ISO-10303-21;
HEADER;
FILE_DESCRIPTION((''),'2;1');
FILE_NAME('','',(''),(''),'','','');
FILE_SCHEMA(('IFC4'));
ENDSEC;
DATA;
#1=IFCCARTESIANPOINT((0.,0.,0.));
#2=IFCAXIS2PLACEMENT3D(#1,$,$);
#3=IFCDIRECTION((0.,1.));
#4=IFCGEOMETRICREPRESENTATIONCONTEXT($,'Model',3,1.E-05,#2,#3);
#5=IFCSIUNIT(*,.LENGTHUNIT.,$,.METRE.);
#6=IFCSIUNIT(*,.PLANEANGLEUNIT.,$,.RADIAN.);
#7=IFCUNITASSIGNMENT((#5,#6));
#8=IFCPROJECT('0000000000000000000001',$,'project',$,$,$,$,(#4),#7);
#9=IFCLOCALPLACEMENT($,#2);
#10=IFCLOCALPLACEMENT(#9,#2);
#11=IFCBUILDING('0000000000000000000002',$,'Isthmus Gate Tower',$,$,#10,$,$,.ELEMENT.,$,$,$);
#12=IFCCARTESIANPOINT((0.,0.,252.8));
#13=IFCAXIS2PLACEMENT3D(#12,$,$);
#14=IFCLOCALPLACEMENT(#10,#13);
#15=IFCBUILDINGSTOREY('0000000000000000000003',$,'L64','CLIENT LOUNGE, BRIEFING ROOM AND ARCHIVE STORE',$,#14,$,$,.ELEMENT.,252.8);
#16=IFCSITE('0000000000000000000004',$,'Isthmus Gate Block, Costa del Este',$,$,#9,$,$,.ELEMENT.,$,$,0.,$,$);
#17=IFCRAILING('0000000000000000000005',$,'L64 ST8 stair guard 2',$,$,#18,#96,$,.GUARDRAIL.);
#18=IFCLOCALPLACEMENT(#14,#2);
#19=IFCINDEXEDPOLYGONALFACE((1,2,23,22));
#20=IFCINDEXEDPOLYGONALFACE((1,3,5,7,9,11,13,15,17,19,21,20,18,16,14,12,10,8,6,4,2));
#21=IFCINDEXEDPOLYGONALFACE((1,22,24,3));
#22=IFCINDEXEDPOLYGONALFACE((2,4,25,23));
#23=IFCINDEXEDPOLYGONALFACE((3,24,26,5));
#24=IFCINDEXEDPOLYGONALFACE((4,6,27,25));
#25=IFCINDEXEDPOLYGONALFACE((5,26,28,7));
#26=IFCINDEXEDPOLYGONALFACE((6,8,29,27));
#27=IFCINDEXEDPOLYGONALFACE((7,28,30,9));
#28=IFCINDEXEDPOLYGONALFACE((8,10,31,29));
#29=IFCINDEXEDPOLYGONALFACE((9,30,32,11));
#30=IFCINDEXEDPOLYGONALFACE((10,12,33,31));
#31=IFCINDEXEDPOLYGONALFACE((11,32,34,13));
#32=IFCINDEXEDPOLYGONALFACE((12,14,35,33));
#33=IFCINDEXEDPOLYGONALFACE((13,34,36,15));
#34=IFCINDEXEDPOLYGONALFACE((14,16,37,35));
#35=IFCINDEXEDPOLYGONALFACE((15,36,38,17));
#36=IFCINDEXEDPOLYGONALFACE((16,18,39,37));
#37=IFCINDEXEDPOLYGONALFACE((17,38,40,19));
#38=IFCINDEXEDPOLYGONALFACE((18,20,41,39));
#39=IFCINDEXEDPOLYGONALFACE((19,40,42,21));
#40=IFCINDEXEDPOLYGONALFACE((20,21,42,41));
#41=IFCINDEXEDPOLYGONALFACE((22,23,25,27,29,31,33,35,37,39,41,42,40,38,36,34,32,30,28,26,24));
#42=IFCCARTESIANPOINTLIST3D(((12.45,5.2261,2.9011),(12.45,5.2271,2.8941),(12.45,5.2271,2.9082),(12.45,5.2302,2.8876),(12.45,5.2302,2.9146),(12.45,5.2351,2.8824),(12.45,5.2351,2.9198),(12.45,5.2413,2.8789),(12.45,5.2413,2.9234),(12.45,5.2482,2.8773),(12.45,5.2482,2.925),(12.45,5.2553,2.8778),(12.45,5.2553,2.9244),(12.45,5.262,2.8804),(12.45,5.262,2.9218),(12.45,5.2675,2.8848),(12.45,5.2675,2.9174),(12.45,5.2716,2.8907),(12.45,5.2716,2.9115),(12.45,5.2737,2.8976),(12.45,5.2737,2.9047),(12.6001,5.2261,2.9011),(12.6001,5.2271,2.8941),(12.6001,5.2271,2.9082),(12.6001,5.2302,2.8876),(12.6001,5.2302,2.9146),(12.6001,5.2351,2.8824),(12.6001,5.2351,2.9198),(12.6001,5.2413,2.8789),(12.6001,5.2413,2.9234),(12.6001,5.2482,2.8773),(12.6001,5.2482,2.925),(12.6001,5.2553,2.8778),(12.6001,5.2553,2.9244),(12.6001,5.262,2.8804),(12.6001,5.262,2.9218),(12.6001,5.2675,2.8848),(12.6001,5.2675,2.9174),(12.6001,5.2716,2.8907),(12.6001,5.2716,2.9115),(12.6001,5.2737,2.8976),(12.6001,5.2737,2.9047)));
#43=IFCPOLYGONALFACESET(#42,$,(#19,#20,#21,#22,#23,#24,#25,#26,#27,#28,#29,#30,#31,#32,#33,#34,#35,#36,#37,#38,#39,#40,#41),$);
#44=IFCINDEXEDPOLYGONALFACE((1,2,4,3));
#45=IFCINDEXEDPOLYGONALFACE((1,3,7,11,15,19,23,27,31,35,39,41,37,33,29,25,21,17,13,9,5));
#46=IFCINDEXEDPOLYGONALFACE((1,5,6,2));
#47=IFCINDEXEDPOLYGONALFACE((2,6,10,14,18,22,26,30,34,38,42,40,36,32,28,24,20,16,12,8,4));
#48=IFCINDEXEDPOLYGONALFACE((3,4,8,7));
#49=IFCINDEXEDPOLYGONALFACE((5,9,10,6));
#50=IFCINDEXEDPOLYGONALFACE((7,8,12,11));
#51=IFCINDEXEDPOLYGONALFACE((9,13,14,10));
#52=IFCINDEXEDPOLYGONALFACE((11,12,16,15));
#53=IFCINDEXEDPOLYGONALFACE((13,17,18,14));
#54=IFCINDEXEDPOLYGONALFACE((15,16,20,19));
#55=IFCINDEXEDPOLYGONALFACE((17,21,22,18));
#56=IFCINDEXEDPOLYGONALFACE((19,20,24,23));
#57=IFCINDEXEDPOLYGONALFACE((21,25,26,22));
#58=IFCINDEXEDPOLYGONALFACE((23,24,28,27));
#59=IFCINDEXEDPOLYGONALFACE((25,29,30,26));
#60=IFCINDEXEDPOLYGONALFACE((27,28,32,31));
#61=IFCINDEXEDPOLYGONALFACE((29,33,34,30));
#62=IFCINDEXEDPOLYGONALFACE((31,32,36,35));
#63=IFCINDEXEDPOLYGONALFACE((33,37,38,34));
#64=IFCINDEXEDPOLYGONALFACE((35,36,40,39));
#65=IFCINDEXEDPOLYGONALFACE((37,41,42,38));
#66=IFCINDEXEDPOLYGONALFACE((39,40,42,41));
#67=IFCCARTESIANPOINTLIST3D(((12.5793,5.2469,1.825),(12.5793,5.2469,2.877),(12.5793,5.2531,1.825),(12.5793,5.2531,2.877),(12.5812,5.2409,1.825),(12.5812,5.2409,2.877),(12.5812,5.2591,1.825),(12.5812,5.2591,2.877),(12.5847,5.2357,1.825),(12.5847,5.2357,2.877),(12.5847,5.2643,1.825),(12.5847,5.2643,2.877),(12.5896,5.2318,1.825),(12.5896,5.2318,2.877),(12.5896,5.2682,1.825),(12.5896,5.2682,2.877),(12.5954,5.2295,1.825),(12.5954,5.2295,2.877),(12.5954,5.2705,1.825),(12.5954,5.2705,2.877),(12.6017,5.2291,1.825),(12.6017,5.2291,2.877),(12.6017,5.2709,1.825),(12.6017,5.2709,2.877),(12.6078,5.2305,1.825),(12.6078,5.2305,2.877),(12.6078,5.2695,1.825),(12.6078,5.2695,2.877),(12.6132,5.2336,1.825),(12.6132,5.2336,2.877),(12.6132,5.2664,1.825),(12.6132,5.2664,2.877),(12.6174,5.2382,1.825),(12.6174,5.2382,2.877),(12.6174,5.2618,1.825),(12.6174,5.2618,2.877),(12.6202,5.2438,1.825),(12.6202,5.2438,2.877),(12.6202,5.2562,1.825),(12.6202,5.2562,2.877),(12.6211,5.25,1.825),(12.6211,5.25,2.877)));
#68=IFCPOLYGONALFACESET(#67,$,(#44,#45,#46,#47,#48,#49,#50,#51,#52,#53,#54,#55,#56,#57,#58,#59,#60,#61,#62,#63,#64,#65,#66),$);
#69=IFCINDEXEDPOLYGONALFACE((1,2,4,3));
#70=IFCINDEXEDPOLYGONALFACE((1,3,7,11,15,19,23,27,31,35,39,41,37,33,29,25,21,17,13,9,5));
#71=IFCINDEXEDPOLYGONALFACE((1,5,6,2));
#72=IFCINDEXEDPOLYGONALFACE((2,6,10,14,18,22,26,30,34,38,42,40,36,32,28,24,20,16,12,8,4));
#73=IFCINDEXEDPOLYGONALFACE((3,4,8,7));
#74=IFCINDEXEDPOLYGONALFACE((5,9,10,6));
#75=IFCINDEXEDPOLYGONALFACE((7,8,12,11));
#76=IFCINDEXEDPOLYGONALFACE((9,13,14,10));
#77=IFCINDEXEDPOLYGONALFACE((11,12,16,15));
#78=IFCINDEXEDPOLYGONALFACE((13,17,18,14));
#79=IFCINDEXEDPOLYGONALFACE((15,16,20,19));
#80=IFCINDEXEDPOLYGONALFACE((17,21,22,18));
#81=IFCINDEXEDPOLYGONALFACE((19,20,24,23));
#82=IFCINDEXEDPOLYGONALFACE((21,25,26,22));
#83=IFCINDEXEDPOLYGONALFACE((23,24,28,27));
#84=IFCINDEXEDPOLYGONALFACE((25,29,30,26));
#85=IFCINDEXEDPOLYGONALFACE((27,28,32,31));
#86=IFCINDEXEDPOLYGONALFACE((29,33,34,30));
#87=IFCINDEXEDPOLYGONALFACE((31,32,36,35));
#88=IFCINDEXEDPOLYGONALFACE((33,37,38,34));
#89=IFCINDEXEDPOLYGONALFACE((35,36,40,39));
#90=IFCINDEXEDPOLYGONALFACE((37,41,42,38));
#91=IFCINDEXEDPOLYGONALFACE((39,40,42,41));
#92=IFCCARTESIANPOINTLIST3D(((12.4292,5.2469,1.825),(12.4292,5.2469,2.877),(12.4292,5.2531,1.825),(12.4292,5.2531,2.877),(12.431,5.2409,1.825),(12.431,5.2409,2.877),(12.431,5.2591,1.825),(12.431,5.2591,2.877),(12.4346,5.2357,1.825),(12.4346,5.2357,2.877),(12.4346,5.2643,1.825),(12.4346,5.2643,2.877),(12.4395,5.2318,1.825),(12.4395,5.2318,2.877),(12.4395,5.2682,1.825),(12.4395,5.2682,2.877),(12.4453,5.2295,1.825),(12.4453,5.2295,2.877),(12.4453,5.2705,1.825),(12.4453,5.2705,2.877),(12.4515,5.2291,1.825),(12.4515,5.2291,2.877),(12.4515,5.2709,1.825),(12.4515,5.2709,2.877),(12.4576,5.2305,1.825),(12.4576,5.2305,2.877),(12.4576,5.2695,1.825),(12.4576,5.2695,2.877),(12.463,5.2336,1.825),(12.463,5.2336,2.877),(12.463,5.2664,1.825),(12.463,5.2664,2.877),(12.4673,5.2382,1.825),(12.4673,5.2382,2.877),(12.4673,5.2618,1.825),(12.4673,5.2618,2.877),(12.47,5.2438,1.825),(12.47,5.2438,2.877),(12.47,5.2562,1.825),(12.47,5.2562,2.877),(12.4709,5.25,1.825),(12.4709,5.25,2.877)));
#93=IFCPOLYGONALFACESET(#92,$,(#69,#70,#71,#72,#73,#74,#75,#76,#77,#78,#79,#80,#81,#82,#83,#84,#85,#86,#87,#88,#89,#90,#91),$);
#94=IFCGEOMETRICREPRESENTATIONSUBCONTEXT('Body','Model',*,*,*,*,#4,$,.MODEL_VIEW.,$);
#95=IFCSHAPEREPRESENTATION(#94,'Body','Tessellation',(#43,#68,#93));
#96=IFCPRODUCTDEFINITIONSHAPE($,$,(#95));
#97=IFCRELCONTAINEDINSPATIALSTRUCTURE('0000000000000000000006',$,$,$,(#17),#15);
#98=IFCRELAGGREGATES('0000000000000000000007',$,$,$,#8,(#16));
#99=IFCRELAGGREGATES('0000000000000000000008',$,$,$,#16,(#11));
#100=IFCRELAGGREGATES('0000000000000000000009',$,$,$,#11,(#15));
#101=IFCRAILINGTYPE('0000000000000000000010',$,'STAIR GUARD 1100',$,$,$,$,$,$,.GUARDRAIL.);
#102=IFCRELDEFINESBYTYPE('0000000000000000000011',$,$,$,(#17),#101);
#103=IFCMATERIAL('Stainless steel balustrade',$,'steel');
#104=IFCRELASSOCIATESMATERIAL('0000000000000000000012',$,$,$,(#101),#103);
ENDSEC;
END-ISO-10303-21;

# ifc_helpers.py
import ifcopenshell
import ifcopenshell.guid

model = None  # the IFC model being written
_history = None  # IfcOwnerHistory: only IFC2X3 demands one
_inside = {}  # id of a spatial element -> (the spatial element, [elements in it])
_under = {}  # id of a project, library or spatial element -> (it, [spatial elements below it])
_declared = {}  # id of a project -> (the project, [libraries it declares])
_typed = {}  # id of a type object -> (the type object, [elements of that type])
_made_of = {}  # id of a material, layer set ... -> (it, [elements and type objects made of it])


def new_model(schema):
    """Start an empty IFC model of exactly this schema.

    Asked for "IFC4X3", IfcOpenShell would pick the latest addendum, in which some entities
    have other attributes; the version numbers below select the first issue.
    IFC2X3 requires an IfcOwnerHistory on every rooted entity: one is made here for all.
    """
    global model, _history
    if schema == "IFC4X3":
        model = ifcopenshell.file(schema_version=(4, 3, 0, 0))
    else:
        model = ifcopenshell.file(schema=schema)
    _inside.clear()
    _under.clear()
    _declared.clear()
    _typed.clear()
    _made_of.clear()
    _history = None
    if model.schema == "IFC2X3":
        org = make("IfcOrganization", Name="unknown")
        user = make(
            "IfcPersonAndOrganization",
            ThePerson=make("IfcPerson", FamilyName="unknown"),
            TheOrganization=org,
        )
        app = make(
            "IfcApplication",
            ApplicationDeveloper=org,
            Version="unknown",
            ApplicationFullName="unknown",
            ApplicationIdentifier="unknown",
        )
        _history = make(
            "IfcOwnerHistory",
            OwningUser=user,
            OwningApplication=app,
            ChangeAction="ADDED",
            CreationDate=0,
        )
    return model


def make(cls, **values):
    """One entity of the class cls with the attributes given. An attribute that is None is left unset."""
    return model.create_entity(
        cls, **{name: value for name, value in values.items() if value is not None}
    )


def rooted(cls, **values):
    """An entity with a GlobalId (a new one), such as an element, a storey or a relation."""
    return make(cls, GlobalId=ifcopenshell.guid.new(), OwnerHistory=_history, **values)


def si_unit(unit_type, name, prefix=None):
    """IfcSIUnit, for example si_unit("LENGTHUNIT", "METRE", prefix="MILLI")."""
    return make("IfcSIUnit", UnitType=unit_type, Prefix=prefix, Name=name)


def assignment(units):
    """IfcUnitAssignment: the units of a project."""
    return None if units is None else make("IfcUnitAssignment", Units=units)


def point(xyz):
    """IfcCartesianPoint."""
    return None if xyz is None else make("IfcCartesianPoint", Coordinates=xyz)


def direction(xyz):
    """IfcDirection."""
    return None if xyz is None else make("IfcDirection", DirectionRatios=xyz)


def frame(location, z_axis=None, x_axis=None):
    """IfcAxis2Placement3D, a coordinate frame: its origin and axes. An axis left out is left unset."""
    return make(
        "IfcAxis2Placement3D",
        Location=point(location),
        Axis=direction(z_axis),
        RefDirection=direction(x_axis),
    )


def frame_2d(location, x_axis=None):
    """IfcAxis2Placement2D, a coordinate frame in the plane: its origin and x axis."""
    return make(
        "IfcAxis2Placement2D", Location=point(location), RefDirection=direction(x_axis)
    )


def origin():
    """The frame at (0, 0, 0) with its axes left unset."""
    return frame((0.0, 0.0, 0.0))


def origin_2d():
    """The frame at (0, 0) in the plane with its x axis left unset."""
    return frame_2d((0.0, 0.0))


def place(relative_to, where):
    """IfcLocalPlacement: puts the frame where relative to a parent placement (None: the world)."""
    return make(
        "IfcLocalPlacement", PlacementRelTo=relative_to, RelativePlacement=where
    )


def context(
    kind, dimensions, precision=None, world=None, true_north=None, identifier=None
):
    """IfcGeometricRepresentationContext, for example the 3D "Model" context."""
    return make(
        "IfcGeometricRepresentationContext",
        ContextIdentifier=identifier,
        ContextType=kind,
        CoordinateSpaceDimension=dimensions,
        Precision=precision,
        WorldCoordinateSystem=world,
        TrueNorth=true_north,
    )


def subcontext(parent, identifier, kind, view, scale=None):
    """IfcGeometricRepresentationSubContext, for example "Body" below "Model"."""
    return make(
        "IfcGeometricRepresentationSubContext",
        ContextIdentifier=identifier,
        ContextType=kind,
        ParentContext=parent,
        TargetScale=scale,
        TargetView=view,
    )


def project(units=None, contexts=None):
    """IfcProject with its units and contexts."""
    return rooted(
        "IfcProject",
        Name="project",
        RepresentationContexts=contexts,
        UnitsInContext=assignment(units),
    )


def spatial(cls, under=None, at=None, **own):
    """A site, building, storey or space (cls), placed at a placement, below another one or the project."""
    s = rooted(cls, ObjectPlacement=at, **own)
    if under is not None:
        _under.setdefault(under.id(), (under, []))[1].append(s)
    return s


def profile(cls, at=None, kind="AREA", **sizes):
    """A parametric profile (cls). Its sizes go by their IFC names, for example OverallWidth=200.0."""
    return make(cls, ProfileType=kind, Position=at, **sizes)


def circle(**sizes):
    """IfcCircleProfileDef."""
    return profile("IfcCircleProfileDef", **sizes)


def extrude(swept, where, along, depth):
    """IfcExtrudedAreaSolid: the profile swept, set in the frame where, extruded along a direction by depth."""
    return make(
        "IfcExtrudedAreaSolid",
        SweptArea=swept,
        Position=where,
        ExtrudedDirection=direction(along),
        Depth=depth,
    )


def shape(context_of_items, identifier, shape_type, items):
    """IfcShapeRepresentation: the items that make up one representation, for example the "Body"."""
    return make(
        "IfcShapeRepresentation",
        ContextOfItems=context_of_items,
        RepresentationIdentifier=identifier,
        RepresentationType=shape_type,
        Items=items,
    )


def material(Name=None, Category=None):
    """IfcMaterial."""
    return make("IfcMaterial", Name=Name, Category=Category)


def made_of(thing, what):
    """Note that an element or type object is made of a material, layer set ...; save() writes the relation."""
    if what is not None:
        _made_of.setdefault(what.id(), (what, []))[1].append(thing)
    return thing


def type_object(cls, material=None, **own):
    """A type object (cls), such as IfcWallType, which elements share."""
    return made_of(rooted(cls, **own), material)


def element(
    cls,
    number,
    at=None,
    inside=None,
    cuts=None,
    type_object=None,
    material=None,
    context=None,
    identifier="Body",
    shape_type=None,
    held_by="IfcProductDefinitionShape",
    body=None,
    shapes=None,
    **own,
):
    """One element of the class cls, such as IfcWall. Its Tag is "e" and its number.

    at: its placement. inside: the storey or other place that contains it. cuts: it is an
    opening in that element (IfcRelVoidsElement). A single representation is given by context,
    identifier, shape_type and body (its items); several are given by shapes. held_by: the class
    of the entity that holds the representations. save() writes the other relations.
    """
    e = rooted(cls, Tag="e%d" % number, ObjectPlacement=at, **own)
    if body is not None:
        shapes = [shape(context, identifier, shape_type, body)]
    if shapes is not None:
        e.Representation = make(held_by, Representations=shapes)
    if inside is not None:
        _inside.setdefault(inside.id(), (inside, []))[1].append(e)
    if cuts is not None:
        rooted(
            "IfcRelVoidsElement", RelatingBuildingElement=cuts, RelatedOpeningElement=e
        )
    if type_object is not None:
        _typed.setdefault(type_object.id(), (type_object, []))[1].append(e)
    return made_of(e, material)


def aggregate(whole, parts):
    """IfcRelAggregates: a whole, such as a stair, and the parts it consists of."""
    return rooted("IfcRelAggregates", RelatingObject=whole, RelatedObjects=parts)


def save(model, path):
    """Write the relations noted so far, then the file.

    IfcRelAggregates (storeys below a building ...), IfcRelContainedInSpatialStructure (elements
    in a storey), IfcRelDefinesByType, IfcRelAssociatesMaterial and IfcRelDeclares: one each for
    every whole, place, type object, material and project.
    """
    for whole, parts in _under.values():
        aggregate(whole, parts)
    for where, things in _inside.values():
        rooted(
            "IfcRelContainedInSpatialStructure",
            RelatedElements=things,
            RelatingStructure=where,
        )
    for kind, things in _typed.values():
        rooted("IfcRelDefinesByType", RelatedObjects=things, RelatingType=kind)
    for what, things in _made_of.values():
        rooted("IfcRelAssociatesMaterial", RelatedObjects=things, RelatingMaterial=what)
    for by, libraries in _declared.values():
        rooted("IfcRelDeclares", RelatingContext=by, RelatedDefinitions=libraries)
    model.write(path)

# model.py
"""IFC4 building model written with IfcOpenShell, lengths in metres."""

from ifc_helpers import new_model, si_unit, direction, frame, origin, origin_2d, place, context, subcontext, project, spatial, circle, extrude, material, type_object, element, save


model = new_model("IFC4")

# Units and contexts
model_context = context("Model", 3, precision=1e-05, world=origin(), true_north=direction((0.0, 1.0)))
body_context = subcontext(model_context, "Body", "Model", "MODEL_VIEW")
ifc_project = project(units=[si_unit("LENGTHUNIT", "METRE"), si_unit("PLANEANGLEUNIT", "RADIAN")], contexts=[model_context])

# Site, building, storey
site_placement = place(None, origin())
site = spatial("IfcSite", under=ifc_project, at=site_placement, Name="Isthmus Gate Block, Costa del Este", CompositionType="ELEMENT", RefElevation=0.0)
building_placement = place(site_placement, origin())
building = spatial("IfcBuilding", under=site, at=building_placement, Name="Isthmus Gate Tower", CompositionType="ELEMENT")
storey_placement = place(building_placement, frame((0.0, 0.0, 252.8)))
storey = spatial("IfcBuildingStorey", under=building, at=storey_placement, Name="L64", Description="CLIENT LOUNGE, BRIEFING ROOM AND ARCHIVE STORE", CompositionType="ELEMENT", Elevation=252.8)

# Railing
ifc_material_1 = material(Name="Stainless steel balustrade", Category="steel")
railing_type_1 = type_object("IfcRailingType", Name="STAIR GUARD 1100", PredefinedType="GUARDRAIL", material=ifc_material_1)
railing_1_placement = place(storey_placement, frame((12.6001, 5.25, 1.825)))
element("IfcRailing", 1, at=railing_1_placement, inside=storey, type_object=railing_type_1, Name="L64 ST8 stair guard 2", PredefinedType="GUARDRAIL", context=body_context, shape_type="SweptSolid", body=[
    extrude(circle(Radius=0.0239, at=origin_2d()), frame((0.0, 0.0, 1.0762), z_axis=(-1.0, 0.0, 0.0), x_axis=(0.0, -1.0, 0.0)), (0.0, 0.0, 1.0), 0.1501),
    extrude(circle(Radius=0.021, at=origin_2d()), origin(), (0.0, 0.0, 1.0), 1.052),
    extrude(circle(Radius=0.021, at=origin_2d()), frame((-0.1501, 0.0, 0.0)), (0.0, 0.0, 1.0), 1.052),
])

save(model, "model.ifc")
